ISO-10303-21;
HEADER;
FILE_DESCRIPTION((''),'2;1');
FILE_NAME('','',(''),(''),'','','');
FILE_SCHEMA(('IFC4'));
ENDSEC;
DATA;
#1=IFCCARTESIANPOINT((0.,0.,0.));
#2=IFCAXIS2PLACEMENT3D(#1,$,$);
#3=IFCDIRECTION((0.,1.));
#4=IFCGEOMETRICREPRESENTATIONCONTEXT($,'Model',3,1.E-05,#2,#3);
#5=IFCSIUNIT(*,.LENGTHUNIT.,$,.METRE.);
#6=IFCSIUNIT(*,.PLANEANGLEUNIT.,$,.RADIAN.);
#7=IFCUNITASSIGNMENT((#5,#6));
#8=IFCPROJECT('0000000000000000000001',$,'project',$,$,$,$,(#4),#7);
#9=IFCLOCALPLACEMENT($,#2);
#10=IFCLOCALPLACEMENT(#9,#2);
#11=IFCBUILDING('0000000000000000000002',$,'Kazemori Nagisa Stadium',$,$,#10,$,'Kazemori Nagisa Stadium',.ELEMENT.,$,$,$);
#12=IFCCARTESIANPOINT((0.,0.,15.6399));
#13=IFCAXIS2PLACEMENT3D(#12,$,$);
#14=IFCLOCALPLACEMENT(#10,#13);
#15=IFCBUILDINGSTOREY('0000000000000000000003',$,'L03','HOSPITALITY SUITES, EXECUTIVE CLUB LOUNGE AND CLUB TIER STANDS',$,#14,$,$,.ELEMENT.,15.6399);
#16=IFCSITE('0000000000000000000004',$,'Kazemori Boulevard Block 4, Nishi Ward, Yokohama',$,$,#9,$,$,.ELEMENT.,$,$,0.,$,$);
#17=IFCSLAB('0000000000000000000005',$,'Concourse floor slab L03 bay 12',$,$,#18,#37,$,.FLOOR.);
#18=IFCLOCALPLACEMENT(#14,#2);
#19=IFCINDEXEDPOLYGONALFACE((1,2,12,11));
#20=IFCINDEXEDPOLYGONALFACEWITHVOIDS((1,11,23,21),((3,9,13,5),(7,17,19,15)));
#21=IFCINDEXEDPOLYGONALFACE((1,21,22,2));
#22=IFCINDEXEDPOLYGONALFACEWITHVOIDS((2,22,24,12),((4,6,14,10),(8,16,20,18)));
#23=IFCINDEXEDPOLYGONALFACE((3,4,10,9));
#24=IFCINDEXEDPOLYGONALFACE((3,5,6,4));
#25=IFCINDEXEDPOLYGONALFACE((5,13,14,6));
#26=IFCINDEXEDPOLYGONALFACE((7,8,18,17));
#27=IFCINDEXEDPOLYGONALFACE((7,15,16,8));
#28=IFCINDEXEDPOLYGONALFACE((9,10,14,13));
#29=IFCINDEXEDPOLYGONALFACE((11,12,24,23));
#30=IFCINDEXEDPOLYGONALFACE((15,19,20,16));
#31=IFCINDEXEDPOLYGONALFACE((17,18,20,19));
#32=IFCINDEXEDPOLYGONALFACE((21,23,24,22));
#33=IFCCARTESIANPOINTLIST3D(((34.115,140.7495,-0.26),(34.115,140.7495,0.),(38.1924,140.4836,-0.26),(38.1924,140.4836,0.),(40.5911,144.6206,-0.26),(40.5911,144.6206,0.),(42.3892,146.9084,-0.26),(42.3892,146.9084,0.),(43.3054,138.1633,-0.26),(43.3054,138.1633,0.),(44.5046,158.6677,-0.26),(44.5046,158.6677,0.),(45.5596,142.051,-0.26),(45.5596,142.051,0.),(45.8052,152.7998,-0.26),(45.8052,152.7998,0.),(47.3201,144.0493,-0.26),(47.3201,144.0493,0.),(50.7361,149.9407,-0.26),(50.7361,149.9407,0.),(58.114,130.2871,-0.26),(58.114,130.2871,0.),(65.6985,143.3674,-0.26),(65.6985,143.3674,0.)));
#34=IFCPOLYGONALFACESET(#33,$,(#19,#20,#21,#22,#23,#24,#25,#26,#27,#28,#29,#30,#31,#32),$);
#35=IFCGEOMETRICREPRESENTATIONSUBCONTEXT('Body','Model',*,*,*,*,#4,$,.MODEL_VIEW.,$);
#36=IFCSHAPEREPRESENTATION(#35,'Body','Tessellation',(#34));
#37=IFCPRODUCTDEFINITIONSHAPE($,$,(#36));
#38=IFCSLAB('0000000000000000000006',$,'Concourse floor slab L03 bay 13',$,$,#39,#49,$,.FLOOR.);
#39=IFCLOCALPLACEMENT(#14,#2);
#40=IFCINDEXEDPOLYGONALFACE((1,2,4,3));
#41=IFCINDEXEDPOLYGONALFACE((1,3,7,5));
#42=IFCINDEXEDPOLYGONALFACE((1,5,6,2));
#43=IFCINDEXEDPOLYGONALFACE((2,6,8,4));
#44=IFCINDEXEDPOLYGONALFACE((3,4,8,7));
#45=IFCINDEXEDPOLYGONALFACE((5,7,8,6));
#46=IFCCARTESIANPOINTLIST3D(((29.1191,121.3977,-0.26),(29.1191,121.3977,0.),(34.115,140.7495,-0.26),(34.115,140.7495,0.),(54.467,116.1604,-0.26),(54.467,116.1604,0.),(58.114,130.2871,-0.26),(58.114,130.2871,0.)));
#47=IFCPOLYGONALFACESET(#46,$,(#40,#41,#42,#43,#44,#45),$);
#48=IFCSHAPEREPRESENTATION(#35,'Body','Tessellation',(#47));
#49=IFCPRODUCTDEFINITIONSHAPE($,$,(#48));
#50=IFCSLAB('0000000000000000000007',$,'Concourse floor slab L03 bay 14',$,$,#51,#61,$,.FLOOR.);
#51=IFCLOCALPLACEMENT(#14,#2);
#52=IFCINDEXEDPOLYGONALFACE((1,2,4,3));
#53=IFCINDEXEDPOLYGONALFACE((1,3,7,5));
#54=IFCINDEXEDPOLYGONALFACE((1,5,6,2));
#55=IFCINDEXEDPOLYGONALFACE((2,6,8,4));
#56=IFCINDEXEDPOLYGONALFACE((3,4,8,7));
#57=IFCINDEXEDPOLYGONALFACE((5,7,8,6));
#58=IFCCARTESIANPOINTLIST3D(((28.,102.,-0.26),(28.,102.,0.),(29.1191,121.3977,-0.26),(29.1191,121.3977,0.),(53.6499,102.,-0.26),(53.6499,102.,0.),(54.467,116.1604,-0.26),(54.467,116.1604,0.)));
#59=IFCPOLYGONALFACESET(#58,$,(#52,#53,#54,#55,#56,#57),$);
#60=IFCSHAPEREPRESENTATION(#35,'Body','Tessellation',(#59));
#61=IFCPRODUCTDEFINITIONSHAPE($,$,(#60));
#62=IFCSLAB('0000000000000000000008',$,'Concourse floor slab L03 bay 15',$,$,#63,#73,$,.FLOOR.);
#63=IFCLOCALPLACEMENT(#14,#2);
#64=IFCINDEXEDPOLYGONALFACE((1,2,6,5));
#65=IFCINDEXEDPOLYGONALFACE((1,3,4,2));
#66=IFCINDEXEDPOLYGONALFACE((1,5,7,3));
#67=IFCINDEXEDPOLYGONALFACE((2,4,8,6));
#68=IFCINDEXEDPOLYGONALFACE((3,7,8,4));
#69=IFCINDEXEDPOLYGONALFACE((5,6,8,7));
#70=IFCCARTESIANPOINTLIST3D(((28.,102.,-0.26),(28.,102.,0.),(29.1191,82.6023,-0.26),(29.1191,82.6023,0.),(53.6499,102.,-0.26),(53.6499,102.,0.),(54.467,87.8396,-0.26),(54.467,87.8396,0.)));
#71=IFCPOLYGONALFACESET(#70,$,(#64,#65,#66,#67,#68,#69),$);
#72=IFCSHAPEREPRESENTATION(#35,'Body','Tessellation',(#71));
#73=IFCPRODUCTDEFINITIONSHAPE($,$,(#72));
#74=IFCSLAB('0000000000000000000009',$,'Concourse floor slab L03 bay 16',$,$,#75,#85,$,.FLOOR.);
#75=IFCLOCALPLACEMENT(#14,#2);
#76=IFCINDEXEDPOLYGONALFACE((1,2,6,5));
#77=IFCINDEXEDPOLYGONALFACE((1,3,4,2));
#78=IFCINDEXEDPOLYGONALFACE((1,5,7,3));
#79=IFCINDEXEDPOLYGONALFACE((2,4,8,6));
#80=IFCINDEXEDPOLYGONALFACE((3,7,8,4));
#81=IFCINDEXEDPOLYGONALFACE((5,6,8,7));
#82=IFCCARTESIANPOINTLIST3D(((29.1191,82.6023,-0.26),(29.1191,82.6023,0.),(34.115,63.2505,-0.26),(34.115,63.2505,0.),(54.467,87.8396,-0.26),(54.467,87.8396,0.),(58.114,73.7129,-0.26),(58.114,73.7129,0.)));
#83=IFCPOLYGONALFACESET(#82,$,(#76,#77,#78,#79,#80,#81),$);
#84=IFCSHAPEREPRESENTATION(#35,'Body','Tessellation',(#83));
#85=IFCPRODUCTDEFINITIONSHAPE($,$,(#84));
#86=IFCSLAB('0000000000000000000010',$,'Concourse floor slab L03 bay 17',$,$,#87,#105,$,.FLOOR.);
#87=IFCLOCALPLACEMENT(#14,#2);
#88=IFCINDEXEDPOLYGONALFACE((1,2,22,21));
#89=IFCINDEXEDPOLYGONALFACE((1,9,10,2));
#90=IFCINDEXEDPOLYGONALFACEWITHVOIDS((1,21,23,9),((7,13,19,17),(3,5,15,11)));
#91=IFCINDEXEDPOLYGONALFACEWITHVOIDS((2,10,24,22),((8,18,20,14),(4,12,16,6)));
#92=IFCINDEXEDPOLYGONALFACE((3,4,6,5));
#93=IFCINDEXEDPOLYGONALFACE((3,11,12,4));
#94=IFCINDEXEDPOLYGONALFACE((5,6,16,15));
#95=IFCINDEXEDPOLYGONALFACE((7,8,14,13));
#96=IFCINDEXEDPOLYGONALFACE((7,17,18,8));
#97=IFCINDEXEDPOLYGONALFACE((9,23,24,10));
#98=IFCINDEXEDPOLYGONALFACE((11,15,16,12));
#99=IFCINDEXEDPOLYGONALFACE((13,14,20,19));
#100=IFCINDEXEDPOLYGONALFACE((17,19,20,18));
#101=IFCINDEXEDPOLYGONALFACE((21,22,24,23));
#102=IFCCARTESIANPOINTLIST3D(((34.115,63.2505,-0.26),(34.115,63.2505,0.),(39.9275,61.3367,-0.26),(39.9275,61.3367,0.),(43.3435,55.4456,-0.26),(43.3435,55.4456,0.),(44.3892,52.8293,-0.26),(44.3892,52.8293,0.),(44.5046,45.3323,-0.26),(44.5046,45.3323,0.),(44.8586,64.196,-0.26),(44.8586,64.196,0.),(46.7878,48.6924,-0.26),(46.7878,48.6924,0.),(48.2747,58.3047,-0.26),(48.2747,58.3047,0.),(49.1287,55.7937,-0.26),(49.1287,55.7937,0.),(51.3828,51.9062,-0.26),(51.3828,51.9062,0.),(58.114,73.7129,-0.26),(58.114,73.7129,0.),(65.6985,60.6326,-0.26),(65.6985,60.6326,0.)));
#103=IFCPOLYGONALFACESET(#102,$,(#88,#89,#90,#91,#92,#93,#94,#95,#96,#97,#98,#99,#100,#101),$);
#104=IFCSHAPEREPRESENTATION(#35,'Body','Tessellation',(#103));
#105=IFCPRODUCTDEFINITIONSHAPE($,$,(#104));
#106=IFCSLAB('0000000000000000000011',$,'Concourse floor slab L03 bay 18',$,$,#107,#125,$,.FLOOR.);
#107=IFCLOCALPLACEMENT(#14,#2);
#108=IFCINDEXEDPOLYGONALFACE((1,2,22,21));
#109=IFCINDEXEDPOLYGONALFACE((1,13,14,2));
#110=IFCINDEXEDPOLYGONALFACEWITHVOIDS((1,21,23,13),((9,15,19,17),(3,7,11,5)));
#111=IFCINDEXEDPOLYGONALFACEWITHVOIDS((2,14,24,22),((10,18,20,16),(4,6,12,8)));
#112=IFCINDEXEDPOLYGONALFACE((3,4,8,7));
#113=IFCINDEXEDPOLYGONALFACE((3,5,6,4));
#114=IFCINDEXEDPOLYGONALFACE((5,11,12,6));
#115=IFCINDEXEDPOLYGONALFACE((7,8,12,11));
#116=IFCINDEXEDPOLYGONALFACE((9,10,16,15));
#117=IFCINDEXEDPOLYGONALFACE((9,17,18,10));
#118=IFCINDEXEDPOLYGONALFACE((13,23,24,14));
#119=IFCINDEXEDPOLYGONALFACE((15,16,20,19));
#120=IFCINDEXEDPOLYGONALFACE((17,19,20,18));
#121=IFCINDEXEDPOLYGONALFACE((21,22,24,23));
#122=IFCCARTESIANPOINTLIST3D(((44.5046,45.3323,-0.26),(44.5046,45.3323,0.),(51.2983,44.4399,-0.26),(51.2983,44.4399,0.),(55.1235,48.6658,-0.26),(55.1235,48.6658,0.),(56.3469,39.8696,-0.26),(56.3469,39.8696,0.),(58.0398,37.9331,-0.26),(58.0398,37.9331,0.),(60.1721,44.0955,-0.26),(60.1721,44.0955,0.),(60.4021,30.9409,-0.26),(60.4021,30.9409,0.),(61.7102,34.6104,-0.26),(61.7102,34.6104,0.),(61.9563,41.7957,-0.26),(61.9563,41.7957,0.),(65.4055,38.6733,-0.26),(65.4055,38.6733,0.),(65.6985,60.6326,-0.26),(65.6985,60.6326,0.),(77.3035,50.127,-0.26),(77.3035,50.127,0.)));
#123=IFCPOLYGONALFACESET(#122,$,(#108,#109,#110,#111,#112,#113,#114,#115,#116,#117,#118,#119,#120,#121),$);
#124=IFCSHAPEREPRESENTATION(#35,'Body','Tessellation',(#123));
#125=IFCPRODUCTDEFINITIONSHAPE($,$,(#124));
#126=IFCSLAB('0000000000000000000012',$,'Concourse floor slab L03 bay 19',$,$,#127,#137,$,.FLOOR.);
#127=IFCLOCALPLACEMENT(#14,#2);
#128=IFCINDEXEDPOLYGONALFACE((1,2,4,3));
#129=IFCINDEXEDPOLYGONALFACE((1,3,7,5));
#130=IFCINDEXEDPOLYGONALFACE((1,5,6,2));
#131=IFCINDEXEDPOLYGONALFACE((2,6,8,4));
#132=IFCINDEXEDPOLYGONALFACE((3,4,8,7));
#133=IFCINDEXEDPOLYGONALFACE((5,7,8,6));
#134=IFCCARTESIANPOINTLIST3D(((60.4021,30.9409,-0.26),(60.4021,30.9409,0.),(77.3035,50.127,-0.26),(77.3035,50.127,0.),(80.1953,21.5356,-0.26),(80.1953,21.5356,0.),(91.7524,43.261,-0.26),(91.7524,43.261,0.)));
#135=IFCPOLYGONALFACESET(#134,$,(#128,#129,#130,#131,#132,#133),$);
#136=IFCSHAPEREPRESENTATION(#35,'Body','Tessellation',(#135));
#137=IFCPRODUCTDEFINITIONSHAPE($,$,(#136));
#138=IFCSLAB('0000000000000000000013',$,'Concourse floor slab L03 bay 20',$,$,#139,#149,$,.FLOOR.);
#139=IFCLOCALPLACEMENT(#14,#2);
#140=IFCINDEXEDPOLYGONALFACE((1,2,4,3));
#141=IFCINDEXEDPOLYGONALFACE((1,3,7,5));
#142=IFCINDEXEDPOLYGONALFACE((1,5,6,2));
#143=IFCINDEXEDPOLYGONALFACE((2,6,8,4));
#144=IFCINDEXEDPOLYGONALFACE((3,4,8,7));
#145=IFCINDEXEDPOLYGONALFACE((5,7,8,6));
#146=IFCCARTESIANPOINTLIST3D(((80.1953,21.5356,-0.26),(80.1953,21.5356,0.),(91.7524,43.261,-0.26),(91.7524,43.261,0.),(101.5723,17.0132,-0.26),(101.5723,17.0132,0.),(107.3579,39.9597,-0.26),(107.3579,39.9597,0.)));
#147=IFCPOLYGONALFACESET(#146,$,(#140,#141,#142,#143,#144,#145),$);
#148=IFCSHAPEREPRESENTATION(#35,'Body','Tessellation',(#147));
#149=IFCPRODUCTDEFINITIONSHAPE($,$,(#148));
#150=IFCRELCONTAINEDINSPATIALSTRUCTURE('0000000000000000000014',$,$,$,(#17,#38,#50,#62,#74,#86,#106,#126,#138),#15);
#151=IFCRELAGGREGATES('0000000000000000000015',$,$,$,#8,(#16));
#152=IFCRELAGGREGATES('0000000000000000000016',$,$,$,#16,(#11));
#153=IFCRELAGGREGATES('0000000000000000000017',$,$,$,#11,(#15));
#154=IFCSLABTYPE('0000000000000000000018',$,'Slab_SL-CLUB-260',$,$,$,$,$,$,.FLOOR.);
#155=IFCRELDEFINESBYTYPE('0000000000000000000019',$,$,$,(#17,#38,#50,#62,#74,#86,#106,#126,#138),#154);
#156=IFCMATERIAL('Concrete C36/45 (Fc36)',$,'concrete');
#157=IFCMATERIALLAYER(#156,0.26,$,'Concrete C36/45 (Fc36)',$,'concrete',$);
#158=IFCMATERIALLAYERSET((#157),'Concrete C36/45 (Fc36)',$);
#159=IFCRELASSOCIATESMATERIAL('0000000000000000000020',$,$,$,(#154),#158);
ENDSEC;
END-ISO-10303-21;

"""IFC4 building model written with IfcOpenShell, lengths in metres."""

from ifc_helpers import new_model, si_unit, direction, frame, origin, place, context, subcontext, project, spatial, polyline, outline, extrude, material, layer, layer_set, type_object, element, save


model = new_model("IFC4")

# Units and contexts
model_context = context("Model", 3, precision=1e-05, world=origin(), true_north=direction((0.0, 1.0)))
body_context = subcontext(model_context, "Body", "Model", "MODEL_VIEW")
ifc_project = project(units=[si_unit("LENGTHUNIT", "METRE"), si_unit("PLANEANGLEUNIT", "RADIAN")], contexts=[model_context])

# Site, building, storey
site_placement = place(None, origin())
site = spatial("IfcSite", under=ifc_project, at=site_placement, Name="Kazemori Boulevard Block 4, Nishi Ward, Yokohama", CompositionType="ELEMENT", RefElevation=0.0)
building_placement = place(site_placement, origin())
building = spatial("IfcBuilding", under=site, at=building_placement, Name="Kazemori Nagisa Stadium", LongName="Kazemori Nagisa Stadium", CompositionType="ELEMENT")
storey_placement = place(building_placement, frame((0.0, 0.0, 15.6399)))
storey = spatial("IfcBuildingStorey", under=building, at=storey_placement, Name="L03", Description="HOSPITALITY SUITES, EXECUTIVE CLUB LOUNGE AND CLUB TIER STANDS", CompositionType="ELEMENT", Elevation=15.6399)

# Slabs
ifc_material = material(Name="Concrete C36/45 (Fc36)", Category="concrete")
ifc_layer = layer(ifc_material, 0.26, Name="Concrete C36/45 (Fc36)", Category="concrete")
ifc_layer_set = layer_set([ifc_layer], Name="Concrete C36/45 (Fc36)")
slab_type = type_object("IfcSlabType", Name="Slab_SL-CLUB-260", PredefinedType="FLOOR", material=ifc_layer_set)
slab_1_placement = place(storey_placement, frame((0.0, 0.0, -0.26)))
element("IfcSlab", 1, at=slab_1_placement, inside=storey, type_object=slab_type, Name="Concourse floor slab L03 bay 12", PredefinedType="FLOOR", context=body_context, shape_type="SweptSolid", body=[
    extrude(outline(polyline([(65.6985, 143.3674), (58.114, 130.2871), (34.115, 140.7495), (44.5046, 158.6677), (65.6985, 143.3674)]), holes=[polyline([(50.7361, 149.9407), (47.3201, 144.0493), (42.3892, 146.9084), (45.8052, 152.7998), (50.7361, 149.9407)]), polyline([(45.5596, 142.051), (43.3054, 138.1633), (38.1924, 140.4836), (40.5911, 144.6206), (45.5596, 142.051)])]), origin(), (0.0, 0.0, 1.0), 0.26),
])
slab_2_placement = place(storey_placement, frame((0.0, 0.0, -0.26)))
element("IfcSlab", 2, at=slab_2_placement, inside=storey, type_object=slab_type, Name="Concourse floor slab L03 bay 13", PredefinedType="FLOOR", context=body_context, shape_type="SweptSolid", body=[
    extrude(outline(polyline([(58.114, 130.2871), (54.467, 116.1604), (29.1191, 121.3977), (34.115, 140.7495), (58.114, 130.2871)])), origin(), (0.0, 0.0, 1.0), 0.26),
])
slab_3_placement = place(storey_placement, frame((0.0, 0.0, -0.26)))
element("IfcSlab", 3, at=slab_3_placement, inside=storey, type_object=slab_type, Name="Concourse floor slab L03 bay 14", PredefinedType="FLOOR", context=body_context, shape_type="SweptSolid", body=[
    extrude(outline(polyline([(54.467, 116.1604), (53.6499, 102.0), (28.0, 102.0), (29.1191, 121.3977), (54.467, 116.1604)])), origin(), (0.0, 0.0, 1.0), 0.26),
])
slab_4_placement = place(storey_placement, frame((0.0, 0.0, -0.26)))
element("IfcSlab", 4, at=slab_4_placement, inside=storey, type_object=slab_type, Name="Concourse floor slab L03 bay 15", PredefinedType="FLOOR", context=body_context, shape_type="SweptSolid", body=[
    extrude(outline(polyline([(53.6499, 102.0), (54.467, 87.8396), (29.1191, 82.6023), (28.0, 102.0), (53.6499, 102.0)])), origin(), (0.0, 0.0, 1.0), 0.26),
])
slab_5_placement = place(storey_placement, frame((0.0, 0.0, -0.26)))
element("IfcSlab", 5, at=slab_5_placement, inside=storey, type_object=slab_type, Name="Concourse floor slab L03 bay 16", PredefinedType="FLOOR", context=body_context, shape_type="SweptSolid", body=[
    extrude(outline(polyline([(54.467, 87.8396), (58.114, 73.7129), (34.115, 63.2505), (29.1191, 82.6023), (54.467, 87.8396)])), origin(), (0.0, 0.0, 1.0), 0.26),
])
slab_6_placement = place(storey_placement, frame((0.0, 0.0, -0.26)))
element("IfcSlab", 6, at=slab_6_placement, inside=storey, type_object=slab_type, Name="Concourse floor slab L03 bay 17", PredefinedType="FLOOR", context=body_context, shape_type="SweptSolid", body=[
    extrude(outline(polyline([(58.114, 73.7129), (65.6985, 60.6326), (44.5046, 45.3323), (34.115, 63.2505), (58.114, 73.7129)]), holes=[polyline([(44.8586, 64.196), (48.2747, 58.3047), (43.3435, 55.4456), (39.9275, 61.3367), (44.8586, 64.196)]), polyline([(49.1287, 55.7937), (51.3828, 51.9062), (46.7878, 48.6924), (44.3892, 52.8293), (49.1287, 55.7937)])]), origin(), (0.0, 0.0, 1.0), 0.26),
])
slab_7_placement = place(storey_placement, frame((0.0, 0.0, -0.26)))
element("IfcSlab", 7, at=slab_7_placement, inside=storey, type_object=slab_type, Name="Concourse floor slab L03 bay 18", PredefinedType="FLOOR", context=body_context, shape_type="SweptSolid", body=[
    extrude(outline(polyline([(65.6985, 60.6326), (77.3035, 50.127), (60.4021, 30.9409), (44.5046, 45.3323), (65.6985, 60.6326)]), holes=[polyline([(55.1235, 48.6658), (60.1721, 44.0955), (56.3469, 39.8696), (51.2983, 44.4399), (55.1235, 48.6658)]), polyline([(61.9563, 41.7957), (65.4055, 38.6733), (61.7102, 34.6104), (58.0398, 37.9331), (61.9563, 41.7957)])]), origin(), (0.0, 0.0, 1.0), 0.26),
])
slab_8_placement = place(storey_placement, frame((0.0, 0.0, -0.26)))
element("IfcSlab", 8, at=slab_8_placement, inside=storey, type_object=slab_type, Name="Concourse floor slab L03 bay 19", PredefinedType="FLOOR", context=body_context, shape_type="SweptSolid", body=[
    extrude(outline(polyline([(77.3035, 50.127), (91.7524, 43.261), (80.1953, 21.5356), (60.4021, 30.9409), (77.3035, 50.127)])), origin(), (0.0, 0.0, 1.0), 0.26),
])
slab_9_placement = place(storey_placement, frame((0.0, 0.0, -0.26)))
element("IfcSlab", 9, at=slab_9_placement, inside=storey, type_object=slab_type, Name="Concourse floor slab L03 bay 20", PredefinedType="FLOOR", context=body_context, shape_type="SweptSolid", body=[
    extrude(outline(polyline([(91.7524, 43.261), (107.3579, 39.9597), (101.5723, 17.0132), (80.1953, 21.5356), (91.7524, 43.261)])), origin(), (0.0, 0.0, 1.0), 0.26),
])

save(model, "model.ifc")
